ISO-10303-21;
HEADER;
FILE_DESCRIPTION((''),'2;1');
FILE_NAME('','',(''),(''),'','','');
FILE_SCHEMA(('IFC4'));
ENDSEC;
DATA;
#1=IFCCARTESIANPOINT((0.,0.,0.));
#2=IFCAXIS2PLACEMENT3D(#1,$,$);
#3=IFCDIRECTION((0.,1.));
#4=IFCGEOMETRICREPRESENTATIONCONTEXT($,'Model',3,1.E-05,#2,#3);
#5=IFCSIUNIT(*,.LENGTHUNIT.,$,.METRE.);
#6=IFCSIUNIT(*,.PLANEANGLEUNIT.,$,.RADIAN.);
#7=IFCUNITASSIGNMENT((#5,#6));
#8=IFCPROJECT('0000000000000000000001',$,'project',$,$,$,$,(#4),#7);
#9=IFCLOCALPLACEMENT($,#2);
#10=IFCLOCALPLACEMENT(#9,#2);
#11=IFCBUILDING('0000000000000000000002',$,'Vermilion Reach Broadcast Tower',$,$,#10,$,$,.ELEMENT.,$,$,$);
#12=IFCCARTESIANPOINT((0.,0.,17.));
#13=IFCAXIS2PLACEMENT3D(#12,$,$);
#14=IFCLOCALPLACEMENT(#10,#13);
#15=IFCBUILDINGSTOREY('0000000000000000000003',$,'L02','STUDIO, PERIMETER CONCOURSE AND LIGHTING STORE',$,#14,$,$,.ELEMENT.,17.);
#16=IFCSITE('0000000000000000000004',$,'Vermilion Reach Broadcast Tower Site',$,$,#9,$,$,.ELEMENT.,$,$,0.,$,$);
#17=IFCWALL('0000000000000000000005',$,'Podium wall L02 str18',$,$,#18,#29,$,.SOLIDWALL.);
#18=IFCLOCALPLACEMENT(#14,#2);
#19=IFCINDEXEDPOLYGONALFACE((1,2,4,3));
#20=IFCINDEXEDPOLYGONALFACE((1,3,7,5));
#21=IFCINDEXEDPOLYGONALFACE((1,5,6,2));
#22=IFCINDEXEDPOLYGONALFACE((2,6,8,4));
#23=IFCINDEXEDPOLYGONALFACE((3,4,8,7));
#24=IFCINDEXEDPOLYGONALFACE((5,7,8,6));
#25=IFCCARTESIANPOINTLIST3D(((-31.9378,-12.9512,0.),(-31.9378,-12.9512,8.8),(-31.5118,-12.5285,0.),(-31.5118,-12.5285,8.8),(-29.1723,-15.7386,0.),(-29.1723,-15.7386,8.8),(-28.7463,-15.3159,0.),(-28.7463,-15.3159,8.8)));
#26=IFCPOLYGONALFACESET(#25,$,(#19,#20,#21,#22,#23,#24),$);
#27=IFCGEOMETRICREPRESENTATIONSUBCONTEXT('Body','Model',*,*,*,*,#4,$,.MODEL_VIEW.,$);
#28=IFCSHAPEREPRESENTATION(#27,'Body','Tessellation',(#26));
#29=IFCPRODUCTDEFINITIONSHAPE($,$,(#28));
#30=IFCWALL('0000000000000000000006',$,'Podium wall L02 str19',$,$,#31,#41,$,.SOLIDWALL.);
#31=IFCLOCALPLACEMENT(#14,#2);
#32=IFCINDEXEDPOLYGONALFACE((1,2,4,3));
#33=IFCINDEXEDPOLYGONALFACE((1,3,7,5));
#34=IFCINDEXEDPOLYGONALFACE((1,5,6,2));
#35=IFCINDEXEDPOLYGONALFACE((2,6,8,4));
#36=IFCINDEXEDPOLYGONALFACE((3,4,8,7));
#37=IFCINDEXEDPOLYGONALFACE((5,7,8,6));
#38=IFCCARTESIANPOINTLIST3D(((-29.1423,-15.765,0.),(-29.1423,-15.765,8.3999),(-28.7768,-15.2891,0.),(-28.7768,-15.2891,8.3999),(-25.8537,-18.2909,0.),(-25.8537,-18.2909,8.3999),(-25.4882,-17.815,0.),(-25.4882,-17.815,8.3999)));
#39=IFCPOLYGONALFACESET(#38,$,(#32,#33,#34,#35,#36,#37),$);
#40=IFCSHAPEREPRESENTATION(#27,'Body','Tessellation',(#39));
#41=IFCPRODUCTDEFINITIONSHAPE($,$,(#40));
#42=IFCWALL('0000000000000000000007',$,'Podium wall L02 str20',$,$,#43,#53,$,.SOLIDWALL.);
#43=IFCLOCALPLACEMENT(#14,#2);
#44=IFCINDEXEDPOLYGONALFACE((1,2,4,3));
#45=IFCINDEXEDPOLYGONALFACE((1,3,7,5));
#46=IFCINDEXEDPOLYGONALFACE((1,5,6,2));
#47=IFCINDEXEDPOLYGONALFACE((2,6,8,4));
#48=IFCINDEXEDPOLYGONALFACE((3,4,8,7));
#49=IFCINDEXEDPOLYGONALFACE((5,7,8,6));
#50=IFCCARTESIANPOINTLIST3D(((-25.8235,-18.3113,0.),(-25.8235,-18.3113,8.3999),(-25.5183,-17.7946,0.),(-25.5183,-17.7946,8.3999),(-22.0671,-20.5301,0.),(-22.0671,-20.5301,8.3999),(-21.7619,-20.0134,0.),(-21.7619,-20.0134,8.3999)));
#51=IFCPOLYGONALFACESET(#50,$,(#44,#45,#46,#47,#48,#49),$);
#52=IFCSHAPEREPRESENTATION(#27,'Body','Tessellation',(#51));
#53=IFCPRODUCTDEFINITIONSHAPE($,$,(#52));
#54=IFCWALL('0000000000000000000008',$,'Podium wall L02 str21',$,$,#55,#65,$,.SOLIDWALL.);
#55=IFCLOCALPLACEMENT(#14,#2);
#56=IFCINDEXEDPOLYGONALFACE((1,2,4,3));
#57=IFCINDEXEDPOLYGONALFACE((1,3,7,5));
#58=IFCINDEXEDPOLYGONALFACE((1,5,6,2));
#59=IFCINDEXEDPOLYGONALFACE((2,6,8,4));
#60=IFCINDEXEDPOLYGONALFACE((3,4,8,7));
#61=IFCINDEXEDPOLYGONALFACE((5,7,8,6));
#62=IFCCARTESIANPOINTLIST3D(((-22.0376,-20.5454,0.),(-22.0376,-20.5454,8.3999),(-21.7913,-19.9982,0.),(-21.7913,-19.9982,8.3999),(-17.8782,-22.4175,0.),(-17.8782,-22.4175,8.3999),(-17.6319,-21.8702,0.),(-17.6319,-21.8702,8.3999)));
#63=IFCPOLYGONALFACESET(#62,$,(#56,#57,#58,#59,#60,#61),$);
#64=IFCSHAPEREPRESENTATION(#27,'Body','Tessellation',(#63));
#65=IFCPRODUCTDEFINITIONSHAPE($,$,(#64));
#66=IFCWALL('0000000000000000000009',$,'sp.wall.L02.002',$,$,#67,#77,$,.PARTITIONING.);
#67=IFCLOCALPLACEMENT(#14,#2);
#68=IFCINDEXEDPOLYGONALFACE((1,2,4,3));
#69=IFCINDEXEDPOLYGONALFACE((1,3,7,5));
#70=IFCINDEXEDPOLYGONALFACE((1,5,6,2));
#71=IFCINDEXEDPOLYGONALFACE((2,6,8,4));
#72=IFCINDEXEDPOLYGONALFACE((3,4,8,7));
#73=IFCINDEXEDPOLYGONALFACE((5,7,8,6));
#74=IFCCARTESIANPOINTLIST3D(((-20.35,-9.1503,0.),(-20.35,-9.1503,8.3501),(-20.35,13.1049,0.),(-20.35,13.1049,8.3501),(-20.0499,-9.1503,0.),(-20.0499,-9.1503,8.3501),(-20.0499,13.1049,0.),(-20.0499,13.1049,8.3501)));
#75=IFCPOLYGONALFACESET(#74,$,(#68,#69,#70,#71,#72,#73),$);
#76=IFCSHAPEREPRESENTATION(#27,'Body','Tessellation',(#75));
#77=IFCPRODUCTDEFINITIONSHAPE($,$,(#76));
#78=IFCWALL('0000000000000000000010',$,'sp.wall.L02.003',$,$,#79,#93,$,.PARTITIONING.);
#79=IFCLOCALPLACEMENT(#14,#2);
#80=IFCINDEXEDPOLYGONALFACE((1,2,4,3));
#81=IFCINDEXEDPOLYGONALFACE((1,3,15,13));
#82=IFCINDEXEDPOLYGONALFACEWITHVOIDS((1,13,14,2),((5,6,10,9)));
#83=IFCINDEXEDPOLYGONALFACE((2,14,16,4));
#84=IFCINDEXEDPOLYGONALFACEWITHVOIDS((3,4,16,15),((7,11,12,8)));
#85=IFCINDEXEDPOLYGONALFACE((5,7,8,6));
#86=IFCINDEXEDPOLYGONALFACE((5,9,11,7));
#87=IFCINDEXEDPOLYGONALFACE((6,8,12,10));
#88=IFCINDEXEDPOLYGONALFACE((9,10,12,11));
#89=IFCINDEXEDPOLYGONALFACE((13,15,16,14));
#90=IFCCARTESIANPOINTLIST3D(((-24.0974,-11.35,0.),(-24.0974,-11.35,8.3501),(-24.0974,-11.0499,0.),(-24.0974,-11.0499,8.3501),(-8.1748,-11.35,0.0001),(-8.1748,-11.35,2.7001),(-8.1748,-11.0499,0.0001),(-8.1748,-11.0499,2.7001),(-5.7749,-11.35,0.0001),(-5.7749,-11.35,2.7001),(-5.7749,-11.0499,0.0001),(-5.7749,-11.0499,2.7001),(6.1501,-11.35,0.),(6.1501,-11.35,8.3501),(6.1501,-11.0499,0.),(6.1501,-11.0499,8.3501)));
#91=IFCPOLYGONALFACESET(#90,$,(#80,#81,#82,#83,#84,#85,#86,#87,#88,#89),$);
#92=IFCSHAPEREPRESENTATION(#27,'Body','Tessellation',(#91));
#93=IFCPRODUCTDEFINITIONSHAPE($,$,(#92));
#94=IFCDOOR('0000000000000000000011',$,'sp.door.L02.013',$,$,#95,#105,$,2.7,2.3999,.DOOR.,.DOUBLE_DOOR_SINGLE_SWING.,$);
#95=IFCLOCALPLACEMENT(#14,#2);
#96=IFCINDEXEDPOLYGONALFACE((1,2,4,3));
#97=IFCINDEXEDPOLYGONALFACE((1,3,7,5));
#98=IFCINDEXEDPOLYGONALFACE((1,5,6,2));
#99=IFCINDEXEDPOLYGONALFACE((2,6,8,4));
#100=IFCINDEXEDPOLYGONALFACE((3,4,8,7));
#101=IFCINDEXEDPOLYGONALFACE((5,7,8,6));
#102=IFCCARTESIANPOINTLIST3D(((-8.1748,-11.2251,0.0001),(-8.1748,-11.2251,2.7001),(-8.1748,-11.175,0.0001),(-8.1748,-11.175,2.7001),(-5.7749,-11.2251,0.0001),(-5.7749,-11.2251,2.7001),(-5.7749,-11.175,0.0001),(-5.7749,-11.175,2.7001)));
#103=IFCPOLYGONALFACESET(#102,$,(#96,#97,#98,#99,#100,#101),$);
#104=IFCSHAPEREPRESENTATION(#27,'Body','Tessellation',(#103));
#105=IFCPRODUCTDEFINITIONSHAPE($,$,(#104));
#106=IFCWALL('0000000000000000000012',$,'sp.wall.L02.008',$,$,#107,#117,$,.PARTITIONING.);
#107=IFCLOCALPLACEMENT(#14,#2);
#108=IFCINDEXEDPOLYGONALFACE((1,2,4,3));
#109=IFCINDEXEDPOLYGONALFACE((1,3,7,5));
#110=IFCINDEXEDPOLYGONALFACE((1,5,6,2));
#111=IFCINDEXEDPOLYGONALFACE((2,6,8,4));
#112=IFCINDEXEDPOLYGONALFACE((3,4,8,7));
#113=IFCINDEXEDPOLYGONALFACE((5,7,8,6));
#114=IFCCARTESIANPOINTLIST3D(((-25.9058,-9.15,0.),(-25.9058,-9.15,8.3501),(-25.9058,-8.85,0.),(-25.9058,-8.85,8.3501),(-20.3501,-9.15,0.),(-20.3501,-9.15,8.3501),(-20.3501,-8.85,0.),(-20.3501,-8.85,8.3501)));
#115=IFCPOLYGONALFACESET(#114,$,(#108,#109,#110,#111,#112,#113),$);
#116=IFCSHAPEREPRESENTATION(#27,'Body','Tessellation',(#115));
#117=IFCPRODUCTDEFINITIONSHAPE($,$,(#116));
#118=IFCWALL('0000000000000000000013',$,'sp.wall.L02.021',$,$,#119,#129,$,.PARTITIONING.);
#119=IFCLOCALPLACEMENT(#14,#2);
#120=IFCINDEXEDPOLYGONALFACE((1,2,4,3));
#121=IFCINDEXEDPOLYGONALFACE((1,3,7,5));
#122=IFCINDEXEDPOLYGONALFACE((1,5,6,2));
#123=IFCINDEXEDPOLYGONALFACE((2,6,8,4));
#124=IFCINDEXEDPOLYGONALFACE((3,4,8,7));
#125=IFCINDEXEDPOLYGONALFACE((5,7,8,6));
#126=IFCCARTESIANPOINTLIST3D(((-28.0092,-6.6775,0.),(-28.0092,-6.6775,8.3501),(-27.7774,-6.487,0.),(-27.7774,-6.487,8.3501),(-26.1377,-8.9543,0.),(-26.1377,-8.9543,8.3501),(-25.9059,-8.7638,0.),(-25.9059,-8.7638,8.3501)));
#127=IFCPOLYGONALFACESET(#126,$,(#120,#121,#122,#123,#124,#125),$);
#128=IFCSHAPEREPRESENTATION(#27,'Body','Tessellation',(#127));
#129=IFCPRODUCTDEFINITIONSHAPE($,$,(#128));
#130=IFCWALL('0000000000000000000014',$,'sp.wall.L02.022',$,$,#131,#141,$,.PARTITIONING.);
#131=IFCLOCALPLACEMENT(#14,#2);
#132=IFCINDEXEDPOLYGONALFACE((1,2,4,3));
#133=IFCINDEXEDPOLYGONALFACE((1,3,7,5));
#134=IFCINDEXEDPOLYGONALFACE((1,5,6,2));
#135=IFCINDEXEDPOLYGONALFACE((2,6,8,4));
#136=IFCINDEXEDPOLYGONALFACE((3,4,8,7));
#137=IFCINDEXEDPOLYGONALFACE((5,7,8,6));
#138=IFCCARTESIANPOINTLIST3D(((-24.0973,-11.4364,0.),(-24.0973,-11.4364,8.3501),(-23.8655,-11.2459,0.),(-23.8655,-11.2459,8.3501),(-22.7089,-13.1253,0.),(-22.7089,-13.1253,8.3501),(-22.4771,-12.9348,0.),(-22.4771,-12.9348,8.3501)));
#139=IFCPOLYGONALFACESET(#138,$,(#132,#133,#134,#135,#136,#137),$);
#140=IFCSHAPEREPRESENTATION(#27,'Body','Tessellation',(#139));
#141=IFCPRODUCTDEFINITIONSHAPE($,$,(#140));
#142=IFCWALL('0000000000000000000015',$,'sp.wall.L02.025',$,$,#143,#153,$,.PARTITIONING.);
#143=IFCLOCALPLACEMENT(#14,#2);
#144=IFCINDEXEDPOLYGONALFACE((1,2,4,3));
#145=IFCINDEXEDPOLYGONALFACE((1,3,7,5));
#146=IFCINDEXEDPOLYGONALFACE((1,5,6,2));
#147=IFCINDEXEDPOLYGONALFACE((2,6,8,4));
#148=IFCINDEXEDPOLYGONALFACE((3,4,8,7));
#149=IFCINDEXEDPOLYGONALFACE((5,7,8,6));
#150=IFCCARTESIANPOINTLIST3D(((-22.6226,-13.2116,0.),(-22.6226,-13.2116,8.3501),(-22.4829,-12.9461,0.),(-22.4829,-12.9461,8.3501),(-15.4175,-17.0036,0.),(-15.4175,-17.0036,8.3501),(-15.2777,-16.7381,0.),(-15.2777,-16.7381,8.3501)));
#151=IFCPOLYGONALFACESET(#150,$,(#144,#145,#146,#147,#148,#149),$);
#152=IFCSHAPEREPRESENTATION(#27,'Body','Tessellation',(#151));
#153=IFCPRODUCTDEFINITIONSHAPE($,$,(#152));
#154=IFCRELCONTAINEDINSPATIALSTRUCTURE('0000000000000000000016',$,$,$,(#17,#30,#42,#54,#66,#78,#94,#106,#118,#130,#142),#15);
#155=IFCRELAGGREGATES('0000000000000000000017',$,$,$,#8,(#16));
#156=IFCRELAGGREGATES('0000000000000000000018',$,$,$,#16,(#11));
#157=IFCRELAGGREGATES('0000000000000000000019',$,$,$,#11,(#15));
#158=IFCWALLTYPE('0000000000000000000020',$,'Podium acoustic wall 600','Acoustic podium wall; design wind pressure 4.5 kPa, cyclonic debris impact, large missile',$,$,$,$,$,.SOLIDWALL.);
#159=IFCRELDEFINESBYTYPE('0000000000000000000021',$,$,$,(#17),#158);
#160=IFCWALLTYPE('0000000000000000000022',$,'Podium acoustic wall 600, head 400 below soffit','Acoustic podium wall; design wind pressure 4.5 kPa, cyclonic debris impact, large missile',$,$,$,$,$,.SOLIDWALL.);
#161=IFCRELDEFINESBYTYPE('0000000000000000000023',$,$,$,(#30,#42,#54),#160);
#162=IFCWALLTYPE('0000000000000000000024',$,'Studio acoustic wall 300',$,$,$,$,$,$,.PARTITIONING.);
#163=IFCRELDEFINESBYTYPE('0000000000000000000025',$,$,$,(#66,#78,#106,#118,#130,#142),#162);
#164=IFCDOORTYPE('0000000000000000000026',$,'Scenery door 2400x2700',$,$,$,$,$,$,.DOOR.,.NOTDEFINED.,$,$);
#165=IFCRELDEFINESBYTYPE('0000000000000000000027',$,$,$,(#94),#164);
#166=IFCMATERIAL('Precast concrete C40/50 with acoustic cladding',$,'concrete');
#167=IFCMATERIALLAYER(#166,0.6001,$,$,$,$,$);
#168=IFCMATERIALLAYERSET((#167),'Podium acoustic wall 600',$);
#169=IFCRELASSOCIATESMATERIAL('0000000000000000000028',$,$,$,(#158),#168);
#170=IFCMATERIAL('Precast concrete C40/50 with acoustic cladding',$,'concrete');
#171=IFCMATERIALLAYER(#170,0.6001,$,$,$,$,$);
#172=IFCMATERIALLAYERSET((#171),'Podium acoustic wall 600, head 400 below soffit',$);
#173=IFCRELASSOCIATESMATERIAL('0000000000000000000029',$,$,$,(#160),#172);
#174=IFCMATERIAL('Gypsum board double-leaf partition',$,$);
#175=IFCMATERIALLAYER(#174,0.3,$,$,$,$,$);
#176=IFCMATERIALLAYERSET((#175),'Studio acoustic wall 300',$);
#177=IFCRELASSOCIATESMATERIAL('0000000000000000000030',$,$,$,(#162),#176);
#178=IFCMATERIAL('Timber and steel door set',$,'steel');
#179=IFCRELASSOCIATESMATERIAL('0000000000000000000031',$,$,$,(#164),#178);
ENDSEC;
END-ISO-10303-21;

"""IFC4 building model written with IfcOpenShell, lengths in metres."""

from ifc_helpers import new_model, si_unit, direction, frame, frame_2d, origin, place, context, subcontext, project, spatial, rectangle, extrude, material, layer, layer_set, type_object, element, fill, save


model = new_model("IFC4")

# Units and contexts
model_context = context("Model", 3, precision=1e-05, world=origin(), true_north=direction((0.0, 1.0)))
body_context = subcontext(model_context, "Body", "Model", "MODEL_VIEW")
ifc_project = project(units=[si_unit("LENGTHUNIT", "METRE"), si_unit("PLANEANGLEUNIT", "RADIAN")], contexts=[model_context])

# Site, building, storey
site_placement = place(None, origin())
site = spatial("IfcSite", under=ifc_project, at=site_placement, Name="Vermilion Reach Broadcast Tower Site", CompositionType="ELEMENT", RefElevation=0.0)
building_placement = place(site_placement, origin())
building = spatial("IfcBuilding", under=site, at=building_placement, Name="Vermilion Reach Broadcast Tower", CompositionType="ELEMENT")
storey_placement = place(building_placement, frame((0.0, 0.0, 17.0)))
storey = spatial("IfcBuildingStorey", under=building, at=storey_placement, Name="L02", Description="STUDIO, PERIMETER CONCOURSE AND LIGHTING STORE", CompositionType="ELEMENT", Elevation=17.0)

# Walls
ifc_material_1 = material(Name="Precast concrete C40/50 with acoustic cladding", Category="concrete")
ifc_layer_1 = layer(ifc_material_1, 0.6001)
ifc_layer_set_1 = layer_set([ifc_layer_1], Name="Podium acoustic wall 600")
wall_type_1 = type_object("IfcWallType", Name="Podium acoustic wall 600", Description="Acoustic podium wall; design wind pressure 4.5 kPa, cyclonic debris impact, large missile", PredefinedType="SOLIDWALL", material=ifc_layer_set_1)
wall_1_placement = place(storey_placement, frame((-31.7249, -12.7397, 0.0), z_axis=(0.0, 0.0, 1.0), x_axis=(0.704303, -0.709899, 0.0)))
element("IfcWall", 1, at=wall_1_placement, inside=storey, type_object=wall_type_1, Name="Podium wall L02 str18", PredefinedType="SOLIDWALL", context=body_context, shape_type="SweptSolid", body=[
    extrude(rectangle(XDim=3.9265, YDim=0.6001, at=frame_2d((1.9634, 0.0))), origin(), (0.0, 0.0, 1.0), 8.8),
])
ifc_material_2 = material(Name="Precast concrete C40/50 with acoustic cladding", Category="concrete")
ifc_layer_2 = layer(ifc_material_2, 0.6001)
ifc_layer_set_2 = layer_set([ifc_layer_2], Name="Podium acoustic wall 600, head 400 below soffit")
wall_type_2 = type_object("IfcWallType", Name="Podium acoustic wall 600, head 400 below soffit", Description="Acoustic podium wall; design wind pressure 4.5 kPa, cyclonic debris impact, large missile", PredefinedType="SOLIDWALL", material=ifc_layer_set_2)
wall_2_placement = place(storey_placement, frame((-28.9595, -15.5271, 0.0), z_axis=(0.0, 0.0, 1.0), x_axis=(0.793066, -0.609136, 0.0)))
element("IfcWall", 2, at=wall_2_placement, inside=storey, type_object=wall_type_2, Name="Podium wall L02 str19", PredefinedType="SOLIDWALL", context=body_context, shape_type="SweptSolid", body=[
    extrude(rectangle(XDim=4.1467, YDim=0.6001, at=frame_2d((2.0732, 0.0))), origin(), (0.0, 0.0, 1.0), 8.3999),
])
wall_3_placement = place(storey_placement, frame((-25.6709, -18.053, 0.0), z_axis=(0.0, 0.0, 1.0), x_axis=(0.861018, -0.508575, 0.0)))
element("IfcWall", 3, at=wall_3_placement, inside=storey, type_object=wall_type_2, Name="Podium wall L02 str20", PredefinedType="SOLIDWALL", context=body_context, shape_type="SweptSolid", body=[
    extrude(rectangle(XDim=4.3628, YDim=0.6001, at=frame_2d((2.1814, 0.0))), origin(), (0.0, 0.0, 1.0), 8.3999),
])
wall_4_placement = place(storey_placement, frame((-21.9146, -20.2717, 0.0), z_axis=(0.0, 0.0, 1.0), x_axis=(0.911894, -0.410425, 0.0)))
element("IfcWall", 4, at=wall_4_placement, inside=storey, type_object=wall_type_2, Name="Podium wall L02 str21", PredefinedType="SOLIDWALL", context=body_context, shape_type="SweptSolid", body=[
    extrude(rectangle(XDim=4.5613, YDim=0.6001, at=frame_2d((2.2808, 0.0))), origin(), (0.0, 0.0, 1.0), 8.3999),
])
ifc_material_3 = material(Name="Gypsum board double-leaf partition")
ifc_layer_3 = layer(ifc_material_3, 0.3)
ifc_layer_set_3 = layer_set([ifc_layer_3], Name="Studio acoustic wall 300")
wall_type_3 = type_object("IfcWallType", Name="Studio acoustic wall 300", PredefinedType="PARTITIONING", material=ifc_layer_set_3)
wall_5_placement = place(storey_placement, frame((-20.2, -9.1501, 0.0), z_axis=(0.0, 0.0, 1.0), x_axis=(0.0, 1.0, 0.0)))
element("IfcWall", 5, at=wall_5_placement, inside=storey, type_object=wall_type_3, Name="sp.wall.L02.002", PredefinedType="PARTITIONING", context=body_context, shape_type="SweptSolid", body=[
    extrude(rectangle(XDim=22.2551, YDim=0.3, at=frame_2d((11.1274, 0.0))), origin(), (0.0, 0.0, 1.0), 8.3501),
])

# Wall, opening, door
wall_6_placement = place(storey_placement, frame((-24.0974, -11.2, 0.0), z_axis=(0.0, 0.0, 1.0), x_axis=(1.0, 0.0, 0.0)))
wall_6 = element("IfcWall", 6, at=wall_6_placement, inside=storey, type_object=wall_type_3, Name="sp.wall.L02.003", PredefinedType="PARTITIONING", context=body_context, shape_type="SweptSolid", body=[
    extrude(rectangle(XDim=30.2476, YDim=0.3, at=frame_2d((15.1238, 0.0))), origin(), (0.0, 0.0, 1.0), 8.3501),
])
opening_1_placement = place(wall_6_placement, frame((15.9226, 0.0, 0.0)))
opening_1 = element("IfcOpeningElement", 7, at=opening_1_placement, cuts=wall_6, PredefinedType="OPENING", context=body_context, shape_type="SweptSolid", body=[
    extrude(rectangle(XDim=2.3999, YDim=2.7, at=frame_2d((1.2, 1.3501))), frame((0.0, 0.1599, 0.0), z_axis=(0.0, -1.0, 0.0), x_axis=(1.0, 0.0, 0.0)), (0.0, 0.0, 1.0), 0.3201),
])
ifc_material_4 = material(Name="Timber and steel door set", Category="steel")
door_type_1 = type_object("IfcDoorType", Name="Scenery door 2400x2700", OperationType="NOTDEFINED", PredefinedType="DOOR", material=ifc_material_4)
door_1_placement = place(opening_1_placement, origin())
door_1 = element("IfcDoor", 8, at=door_1_placement, inside=storey, type_object=door_type_1, Name="sp.door.L02.013", OperationType="DOUBLE_DOOR_SINGLE_SWING", OverallHeight=2.7, OverallWidth=2.3999, PredefinedType="DOOR", context=body_context, shape_type="SweptSolid", body=[
    extrude(rectangle(XDim=2.3999, YDim=2.7, at=frame_2d((1.2, 1.3501))), frame((0.0, 0.0249, 0.0), z_axis=(0.0, -1.0, 0.0), x_axis=(1.0, 0.0, 0.0)), (0.0, 0.0, 1.0), 0.05),
])
fill(opening_1, door_1)

# Walls
wall_7_placement = place(storey_placement, frame((-25.9058, -9.0, 0.0), z_axis=(0.0, 0.0, 1.0), x_axis=(1.0, 0.0, 0.0)))
element("IfcWall", 9, at=wall_7_placement, inside=storey, type_object=wall_type_3, Name="sp.wall.L02.008", PredefinedType="PARTITIONING", context=body_context, shape_type="SweptSolid", body=[
    extrude(rectangle(XDim=5.5557, YDim=0.3, at=frame_2d((2.7778, 0.0))), origin(), (0.0, 0.0, 1.0), 8.3501),
])
wall_8_placement = place(storey_placement, frame((-27.8933, -6.5823, 0.0), z_axis=(0.0, 0.0, 1.0), x_axis=(0.635004, -0.772509, 0.0)))
element("IfcWall", 10, at=wall_8_placement, inside=storey, type_object=wall_type_3, Name="sp.wall.L02.021", PredefinedType="PARTITIONING", context=body_context, shape_type="SweptSolid", body=[
    extrude(rectangle(XDim=2.9473, YDim=0.3, at=frame_2d((1.4736, 0.0))), origin(), (0.0, 0.0, 1.0), 8.3501),
])
wall_9_placement = place(storey_placement, frame((-23.9814, -11.3411, 0.0), z_axis=(0.0, 0.0, 1.0), x_axis=(0.63503, -0.772488, 0.0)))
element("IfcWall", 11, at=wall_9_placement, inside=storey, type_object=wall_type_3, Name="sp.wall.L02.022", PredefinedType="PARTITIONING", context=body_context, shape_type="SweptSolid", body=[
    extrude(rectangle(XDim=2.1863, YDim=0.3, at=frame_2d((1.0933, 0.0))), origin(), (0.0, 0.0, 1.0), 8.3501),
])
wall_10_placement = place(storey_placement, frame((-22.5527, -13.0789, 0.0), z_axis=(0.0, 0.0, 1.0), x_axis=(0.884926, -0.465732, 0.0)))
element("IfcWall", 12, at=wall_10_placement, inside=storey, type_object=wall_type_3, Name="sp.wall.L02.025", PredefinedType="PARTITIONING", context=body_context, shape_type="SweptSolid", body=[
    extrude(rectangle(XDim=8.1421, YDim=0.3, at=frame_2d((4.071, 0.0))), origin(), (0.0, 0.0, 1.0), 8.3501),
])

save(model, "model.ifc")
